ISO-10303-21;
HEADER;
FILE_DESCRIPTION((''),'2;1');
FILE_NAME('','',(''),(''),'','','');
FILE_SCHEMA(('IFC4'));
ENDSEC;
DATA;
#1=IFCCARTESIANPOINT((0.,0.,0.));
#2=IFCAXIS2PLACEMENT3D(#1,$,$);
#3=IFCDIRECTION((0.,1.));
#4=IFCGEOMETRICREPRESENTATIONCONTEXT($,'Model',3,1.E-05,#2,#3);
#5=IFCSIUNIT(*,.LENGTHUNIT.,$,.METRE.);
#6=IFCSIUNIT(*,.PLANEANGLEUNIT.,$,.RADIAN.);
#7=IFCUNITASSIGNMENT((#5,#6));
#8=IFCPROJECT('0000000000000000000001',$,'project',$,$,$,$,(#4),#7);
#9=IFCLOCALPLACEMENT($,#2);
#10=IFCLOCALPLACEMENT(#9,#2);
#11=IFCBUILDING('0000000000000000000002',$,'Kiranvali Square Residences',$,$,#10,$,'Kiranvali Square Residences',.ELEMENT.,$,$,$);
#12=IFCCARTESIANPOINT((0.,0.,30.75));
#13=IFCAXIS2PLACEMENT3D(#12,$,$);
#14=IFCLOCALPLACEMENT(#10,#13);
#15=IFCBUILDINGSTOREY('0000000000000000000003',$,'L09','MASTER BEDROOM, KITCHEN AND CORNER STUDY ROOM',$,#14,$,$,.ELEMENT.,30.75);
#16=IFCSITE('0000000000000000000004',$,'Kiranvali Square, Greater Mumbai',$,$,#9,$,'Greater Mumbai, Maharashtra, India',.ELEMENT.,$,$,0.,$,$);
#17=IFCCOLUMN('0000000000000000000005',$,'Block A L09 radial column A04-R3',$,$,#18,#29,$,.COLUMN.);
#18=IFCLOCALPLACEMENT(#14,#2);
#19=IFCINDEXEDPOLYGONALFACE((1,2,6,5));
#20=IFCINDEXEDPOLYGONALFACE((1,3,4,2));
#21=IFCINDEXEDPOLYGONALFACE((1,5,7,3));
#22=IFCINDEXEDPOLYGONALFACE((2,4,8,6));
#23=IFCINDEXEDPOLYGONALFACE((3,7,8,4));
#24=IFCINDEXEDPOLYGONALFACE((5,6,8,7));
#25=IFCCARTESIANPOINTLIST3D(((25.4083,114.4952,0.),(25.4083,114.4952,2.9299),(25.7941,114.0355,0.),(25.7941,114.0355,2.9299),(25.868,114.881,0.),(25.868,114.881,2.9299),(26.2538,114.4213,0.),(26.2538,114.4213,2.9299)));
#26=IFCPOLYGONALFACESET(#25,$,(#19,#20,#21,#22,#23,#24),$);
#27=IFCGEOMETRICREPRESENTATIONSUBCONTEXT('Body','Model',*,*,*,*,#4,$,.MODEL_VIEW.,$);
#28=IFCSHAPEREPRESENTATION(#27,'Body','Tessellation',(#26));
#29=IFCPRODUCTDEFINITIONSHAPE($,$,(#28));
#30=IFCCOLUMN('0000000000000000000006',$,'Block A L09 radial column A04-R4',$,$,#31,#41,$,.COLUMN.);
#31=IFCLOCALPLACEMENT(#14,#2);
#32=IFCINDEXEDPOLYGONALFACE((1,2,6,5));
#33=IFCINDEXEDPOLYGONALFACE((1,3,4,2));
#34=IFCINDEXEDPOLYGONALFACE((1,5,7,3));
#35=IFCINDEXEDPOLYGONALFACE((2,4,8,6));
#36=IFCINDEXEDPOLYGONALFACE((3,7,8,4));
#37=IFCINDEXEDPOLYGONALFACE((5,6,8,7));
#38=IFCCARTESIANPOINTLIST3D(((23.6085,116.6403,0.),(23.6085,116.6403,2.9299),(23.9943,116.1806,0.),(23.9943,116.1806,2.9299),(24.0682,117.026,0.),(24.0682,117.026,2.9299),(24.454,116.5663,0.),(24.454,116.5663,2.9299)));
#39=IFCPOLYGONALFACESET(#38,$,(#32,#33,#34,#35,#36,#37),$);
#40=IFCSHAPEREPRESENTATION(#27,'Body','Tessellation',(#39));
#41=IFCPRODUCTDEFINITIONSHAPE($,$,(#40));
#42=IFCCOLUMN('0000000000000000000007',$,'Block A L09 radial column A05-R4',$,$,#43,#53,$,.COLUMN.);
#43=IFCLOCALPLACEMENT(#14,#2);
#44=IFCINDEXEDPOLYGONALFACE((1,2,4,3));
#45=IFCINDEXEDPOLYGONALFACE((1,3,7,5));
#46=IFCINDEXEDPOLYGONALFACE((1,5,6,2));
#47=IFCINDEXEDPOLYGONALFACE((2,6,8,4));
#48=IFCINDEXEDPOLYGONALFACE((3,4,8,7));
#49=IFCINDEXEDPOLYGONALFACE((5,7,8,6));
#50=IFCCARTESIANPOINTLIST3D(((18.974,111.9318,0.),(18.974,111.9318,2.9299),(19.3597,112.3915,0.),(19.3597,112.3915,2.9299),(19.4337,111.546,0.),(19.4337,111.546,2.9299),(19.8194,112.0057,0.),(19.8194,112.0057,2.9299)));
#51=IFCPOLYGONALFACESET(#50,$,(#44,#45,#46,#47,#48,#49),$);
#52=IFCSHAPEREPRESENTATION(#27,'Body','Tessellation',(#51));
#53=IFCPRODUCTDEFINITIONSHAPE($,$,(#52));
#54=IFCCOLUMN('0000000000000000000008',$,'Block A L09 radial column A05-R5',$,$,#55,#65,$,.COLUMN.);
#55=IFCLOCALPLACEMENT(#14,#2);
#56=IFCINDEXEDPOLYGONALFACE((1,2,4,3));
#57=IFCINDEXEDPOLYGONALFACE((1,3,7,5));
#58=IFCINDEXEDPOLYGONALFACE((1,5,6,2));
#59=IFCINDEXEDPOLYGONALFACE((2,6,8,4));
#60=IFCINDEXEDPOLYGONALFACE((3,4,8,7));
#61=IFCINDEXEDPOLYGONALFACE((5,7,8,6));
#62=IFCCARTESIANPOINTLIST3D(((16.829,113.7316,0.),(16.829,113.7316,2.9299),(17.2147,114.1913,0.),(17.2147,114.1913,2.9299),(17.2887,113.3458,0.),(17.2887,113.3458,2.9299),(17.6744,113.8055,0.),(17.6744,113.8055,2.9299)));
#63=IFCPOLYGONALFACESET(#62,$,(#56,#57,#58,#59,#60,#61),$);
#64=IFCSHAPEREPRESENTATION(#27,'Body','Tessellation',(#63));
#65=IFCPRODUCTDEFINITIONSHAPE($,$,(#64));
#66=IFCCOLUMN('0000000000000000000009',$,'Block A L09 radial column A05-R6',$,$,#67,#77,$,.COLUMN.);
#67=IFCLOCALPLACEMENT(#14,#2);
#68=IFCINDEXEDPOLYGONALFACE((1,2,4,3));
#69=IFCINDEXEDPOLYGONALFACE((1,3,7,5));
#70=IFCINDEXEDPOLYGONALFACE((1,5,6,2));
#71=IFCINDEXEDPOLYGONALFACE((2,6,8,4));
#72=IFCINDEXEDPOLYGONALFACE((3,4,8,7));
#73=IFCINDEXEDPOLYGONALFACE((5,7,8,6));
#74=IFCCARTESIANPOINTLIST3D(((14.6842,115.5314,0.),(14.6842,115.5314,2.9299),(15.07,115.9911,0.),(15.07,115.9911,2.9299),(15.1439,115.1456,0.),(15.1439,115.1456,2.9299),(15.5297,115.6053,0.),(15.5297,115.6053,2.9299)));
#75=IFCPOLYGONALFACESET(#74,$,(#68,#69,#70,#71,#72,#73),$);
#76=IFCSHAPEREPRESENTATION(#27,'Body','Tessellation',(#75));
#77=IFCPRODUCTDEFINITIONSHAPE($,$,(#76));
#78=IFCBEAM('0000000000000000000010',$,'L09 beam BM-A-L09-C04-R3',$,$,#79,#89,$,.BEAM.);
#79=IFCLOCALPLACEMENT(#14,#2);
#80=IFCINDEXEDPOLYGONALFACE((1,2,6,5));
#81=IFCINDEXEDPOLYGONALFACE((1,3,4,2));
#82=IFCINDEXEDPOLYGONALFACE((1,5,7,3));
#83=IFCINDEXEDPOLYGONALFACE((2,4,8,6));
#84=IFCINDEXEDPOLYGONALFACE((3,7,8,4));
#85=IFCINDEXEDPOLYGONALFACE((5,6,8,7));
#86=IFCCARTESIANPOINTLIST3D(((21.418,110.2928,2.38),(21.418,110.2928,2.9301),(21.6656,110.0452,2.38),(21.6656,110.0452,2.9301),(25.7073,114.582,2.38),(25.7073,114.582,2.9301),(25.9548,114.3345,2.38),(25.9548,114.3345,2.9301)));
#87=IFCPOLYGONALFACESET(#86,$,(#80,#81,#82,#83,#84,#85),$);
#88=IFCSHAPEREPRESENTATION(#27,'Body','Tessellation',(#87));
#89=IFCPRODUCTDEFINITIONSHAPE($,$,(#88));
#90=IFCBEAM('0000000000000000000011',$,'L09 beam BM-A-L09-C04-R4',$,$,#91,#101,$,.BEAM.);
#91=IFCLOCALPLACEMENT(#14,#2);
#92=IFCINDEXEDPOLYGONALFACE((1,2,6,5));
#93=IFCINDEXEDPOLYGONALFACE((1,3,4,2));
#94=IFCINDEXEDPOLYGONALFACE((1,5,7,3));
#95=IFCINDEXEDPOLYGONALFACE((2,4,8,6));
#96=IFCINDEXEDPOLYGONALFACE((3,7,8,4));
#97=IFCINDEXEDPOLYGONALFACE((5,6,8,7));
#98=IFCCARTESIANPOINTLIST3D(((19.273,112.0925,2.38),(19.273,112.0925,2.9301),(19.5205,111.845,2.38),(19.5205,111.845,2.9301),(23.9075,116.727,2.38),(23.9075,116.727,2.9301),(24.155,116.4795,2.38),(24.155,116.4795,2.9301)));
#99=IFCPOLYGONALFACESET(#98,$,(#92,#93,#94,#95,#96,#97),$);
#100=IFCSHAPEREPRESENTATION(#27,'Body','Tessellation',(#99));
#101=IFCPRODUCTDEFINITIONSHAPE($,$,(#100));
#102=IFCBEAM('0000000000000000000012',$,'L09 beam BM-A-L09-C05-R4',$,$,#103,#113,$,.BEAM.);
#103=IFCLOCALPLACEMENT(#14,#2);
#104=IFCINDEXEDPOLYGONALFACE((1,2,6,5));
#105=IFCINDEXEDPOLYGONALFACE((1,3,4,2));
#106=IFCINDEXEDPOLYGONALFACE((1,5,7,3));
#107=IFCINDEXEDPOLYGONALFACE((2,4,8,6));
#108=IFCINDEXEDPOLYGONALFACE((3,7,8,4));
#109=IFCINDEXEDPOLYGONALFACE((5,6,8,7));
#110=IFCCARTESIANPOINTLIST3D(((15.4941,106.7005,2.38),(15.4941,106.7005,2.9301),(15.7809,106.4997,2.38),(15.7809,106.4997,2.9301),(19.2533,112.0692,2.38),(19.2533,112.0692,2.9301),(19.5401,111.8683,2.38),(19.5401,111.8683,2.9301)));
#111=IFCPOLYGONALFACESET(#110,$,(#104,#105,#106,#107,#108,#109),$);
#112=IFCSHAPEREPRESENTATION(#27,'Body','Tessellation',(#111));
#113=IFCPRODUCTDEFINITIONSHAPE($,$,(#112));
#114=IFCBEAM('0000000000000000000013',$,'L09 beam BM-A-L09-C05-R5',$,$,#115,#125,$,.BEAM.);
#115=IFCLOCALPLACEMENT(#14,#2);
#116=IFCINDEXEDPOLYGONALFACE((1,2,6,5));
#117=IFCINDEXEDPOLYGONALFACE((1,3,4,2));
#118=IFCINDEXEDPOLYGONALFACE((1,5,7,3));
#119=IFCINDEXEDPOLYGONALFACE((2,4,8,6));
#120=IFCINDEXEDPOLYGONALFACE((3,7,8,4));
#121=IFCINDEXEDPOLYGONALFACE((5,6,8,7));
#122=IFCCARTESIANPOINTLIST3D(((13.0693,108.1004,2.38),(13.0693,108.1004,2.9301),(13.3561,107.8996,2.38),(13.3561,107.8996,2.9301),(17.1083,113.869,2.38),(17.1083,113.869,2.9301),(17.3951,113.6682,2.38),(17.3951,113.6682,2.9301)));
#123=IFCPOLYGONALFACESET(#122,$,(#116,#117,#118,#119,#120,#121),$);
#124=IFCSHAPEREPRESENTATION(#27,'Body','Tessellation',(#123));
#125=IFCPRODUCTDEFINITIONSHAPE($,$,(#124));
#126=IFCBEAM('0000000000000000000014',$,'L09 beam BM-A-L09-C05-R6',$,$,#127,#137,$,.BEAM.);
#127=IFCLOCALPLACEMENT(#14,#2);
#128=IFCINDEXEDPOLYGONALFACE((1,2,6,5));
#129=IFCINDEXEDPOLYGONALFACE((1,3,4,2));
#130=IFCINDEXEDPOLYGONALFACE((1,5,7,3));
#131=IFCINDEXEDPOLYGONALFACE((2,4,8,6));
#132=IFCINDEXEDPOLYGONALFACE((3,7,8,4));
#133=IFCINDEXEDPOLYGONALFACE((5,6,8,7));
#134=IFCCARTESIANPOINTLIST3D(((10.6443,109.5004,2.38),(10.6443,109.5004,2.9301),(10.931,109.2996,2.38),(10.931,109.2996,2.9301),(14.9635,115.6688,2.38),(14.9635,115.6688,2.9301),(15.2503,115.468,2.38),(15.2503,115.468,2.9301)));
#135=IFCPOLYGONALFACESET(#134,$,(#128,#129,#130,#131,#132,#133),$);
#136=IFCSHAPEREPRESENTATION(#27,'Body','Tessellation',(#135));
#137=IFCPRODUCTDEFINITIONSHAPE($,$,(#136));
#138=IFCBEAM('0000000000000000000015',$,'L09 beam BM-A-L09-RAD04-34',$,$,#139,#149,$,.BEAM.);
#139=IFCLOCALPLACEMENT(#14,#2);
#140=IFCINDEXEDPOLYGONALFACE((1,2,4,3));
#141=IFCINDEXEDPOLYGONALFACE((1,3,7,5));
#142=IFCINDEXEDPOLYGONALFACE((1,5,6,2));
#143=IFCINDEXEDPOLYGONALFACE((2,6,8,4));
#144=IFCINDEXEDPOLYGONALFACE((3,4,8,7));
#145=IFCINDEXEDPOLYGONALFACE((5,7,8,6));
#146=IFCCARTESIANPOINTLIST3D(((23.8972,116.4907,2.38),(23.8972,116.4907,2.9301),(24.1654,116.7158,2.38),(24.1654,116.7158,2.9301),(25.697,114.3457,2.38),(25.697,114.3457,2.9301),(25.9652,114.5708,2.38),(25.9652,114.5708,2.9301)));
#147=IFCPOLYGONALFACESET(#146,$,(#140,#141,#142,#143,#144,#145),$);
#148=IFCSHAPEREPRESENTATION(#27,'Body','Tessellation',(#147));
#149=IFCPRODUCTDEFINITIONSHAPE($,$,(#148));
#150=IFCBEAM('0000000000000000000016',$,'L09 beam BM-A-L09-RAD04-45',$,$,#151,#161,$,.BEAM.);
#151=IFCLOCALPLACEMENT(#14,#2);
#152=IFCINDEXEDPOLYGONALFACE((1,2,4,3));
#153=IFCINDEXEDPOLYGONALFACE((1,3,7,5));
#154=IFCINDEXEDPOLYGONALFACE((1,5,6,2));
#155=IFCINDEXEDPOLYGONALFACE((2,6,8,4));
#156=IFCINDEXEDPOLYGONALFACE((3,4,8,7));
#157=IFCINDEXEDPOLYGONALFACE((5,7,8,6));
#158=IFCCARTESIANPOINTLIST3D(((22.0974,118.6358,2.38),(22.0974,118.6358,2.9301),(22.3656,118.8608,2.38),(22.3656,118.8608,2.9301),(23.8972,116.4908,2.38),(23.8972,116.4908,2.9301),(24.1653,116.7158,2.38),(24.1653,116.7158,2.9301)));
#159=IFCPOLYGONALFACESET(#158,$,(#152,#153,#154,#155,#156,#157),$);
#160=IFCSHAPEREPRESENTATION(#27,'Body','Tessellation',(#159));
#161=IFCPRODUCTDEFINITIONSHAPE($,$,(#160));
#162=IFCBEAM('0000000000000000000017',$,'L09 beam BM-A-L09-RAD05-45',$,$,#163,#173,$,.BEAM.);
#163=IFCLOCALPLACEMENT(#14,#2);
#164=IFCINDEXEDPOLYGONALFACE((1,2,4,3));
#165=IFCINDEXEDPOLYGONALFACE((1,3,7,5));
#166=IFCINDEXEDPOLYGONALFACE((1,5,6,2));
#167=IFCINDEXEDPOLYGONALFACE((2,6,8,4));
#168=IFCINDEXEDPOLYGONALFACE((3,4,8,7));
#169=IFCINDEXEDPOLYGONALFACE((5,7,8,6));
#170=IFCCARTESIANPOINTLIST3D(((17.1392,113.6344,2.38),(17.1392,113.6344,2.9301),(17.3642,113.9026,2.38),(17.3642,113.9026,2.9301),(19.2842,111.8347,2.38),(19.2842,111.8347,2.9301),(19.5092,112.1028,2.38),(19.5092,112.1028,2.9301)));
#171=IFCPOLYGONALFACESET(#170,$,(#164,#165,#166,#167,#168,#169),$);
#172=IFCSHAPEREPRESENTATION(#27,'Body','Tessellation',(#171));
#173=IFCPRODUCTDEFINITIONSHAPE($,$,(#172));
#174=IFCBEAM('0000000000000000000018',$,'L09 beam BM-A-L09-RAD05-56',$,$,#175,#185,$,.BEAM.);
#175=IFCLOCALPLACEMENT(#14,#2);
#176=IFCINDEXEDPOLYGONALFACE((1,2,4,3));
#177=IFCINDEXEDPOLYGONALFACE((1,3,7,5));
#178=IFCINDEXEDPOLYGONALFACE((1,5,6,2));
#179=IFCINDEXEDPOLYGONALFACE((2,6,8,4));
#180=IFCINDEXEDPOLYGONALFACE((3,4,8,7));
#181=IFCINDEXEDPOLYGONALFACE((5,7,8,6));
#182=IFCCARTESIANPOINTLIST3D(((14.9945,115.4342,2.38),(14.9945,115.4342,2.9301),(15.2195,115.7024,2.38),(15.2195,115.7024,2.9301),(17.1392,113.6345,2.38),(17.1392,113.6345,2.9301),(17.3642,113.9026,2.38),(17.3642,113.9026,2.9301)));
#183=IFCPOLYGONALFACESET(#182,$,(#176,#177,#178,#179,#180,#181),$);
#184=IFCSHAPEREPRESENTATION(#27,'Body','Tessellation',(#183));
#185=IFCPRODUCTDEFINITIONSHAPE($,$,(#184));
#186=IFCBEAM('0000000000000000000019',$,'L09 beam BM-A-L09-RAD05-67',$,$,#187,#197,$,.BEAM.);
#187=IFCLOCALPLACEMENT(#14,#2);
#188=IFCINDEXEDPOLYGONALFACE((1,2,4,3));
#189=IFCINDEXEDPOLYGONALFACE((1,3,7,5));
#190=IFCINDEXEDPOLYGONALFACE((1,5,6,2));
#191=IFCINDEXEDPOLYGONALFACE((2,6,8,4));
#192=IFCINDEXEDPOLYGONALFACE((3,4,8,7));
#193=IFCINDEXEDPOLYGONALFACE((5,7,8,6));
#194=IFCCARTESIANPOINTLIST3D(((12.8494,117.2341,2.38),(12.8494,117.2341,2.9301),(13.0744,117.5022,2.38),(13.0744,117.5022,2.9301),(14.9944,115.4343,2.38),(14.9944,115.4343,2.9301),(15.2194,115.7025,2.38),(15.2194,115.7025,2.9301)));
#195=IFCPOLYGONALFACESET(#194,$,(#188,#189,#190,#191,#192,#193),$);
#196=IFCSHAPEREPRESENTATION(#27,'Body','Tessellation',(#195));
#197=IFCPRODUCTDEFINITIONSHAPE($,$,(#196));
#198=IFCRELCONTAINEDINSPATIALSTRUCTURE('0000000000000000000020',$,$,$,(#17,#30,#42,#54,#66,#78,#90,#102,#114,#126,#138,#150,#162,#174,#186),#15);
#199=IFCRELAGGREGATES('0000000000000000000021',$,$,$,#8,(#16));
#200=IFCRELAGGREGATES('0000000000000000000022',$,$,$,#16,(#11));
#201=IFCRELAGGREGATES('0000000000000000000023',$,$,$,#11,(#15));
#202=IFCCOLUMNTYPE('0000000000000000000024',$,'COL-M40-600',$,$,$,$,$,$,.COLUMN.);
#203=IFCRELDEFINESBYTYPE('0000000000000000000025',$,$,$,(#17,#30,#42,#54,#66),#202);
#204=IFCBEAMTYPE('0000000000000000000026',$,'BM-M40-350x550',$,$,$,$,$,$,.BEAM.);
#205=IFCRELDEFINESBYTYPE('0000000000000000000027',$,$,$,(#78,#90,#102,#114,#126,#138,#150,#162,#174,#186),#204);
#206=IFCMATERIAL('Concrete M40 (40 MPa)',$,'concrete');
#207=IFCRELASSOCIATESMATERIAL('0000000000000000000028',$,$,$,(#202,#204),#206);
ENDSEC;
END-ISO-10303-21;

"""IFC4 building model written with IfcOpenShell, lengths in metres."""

from ifc_helpers import new_model, si_unit, direction, frame, origin, origin_2d, place, context, subcontext, project, spatial, rectangle, extrude, material, material_profile, profile_set, type_object, element, save


model = new_model("IFC4")

# Units and contexts
model_context = context("Model", 3, precision=1e-05, world=origin(), true_north=direction((0.0, 1.0)))
body_context = subcontext(model_context, "Body", "Model", "MODEL_VIEW")
ifc_project = project(units=[si_unit("LENGTHUNIT", "METRE"), si_unit("PLANEANGLEUNIT", "RADIAN")], contexts=[model_context])

# Site, building, storey
site_placement = place(None, origin())
site = spatial("IfcSite", under=ifc_project, at=site_placement, Name="Kiranvali Square, Greater Mumbai", LongName="Greater Mumbai, Maharashtra, India", CompositionType="ELEMENT", RefElevation=0.0)
building_placement = place(site_placement, origin())
building = spatial("IfcBuilding", under=site, at=building_placement, Name="Kiranvali Square Residences", LongName="Kiranvali Square Residences", CompositionType="ELEMENT")
storey_placement = place(building_placement, frame((0.0, 0.0, 30.75)))
storey = spatial("IfcBuildingStorey", under=building, at=storey_placement, Name="L09", Description="MASTER BEDROOM, KITCHEN AND CORNER STUDY ROOM", CompositionType="ELEMENT", Elevation=30.75)

# Columns
ifc_material = material(Name="Concrete M40 (40 MPa)", Category="concrete")
ifc_material_profile_1 = material_profile(ifc_material, rectangle(XDim=0.6001, YDim=0.6001, at=origin_2d()), Name="RC 600x600")
ifc_profile_set_1 = profile_set([ifc_material_profile_1], Name="Concrete M40 (40 MPa)")
column_type = type_object("IfcColumnType", Name="COL-M40-600", PredefinedType="COLUMN", material=ifc_profile_set_1)
for number, where, z_axis, x_axis, name in (
    (1, (25.8311, 114.4583, 0.0), (0.0, 0.0, 1.0), (0.766044, 0.642788, 0.0), "Block A L09 radial column A04-R3"),
    (2, (24.0312, 116.6033, 0.0), (0.0, 0.0, 1.0), (0.766044, 0.642788, 0.0), "Block A L09 radial column A04-R4"),
    (3, (19.3967, 111.9688, 0.0), (0.0, 0.0, 1.0), (0.642788, 0.766044, 0.0), "Block A L09 radial column A05-R4"),
    (4, (17.2517, 113.7686, 0.0), (0.0, 0.0, 1.0), (0.642788, 0.766044, 0.0), "Block A L09 radial column A05-R5"),
    (5, (15.1069, 115.5684, 0.0), (0.0, 0.0, 1.0), (0.642788, 0.766044, 0.0), "Block A L09 radial column A05-R6"),
):
    element("IfcColumn", number, at=place(storey_placement, frame(where, z_axis=z_axis, x_axis=x_axis)), inside=storey, type_object=column_type, Name=name, PredefinedType="COLUMN", context=body_context, shape_type="SweptSolid", body=[
        extrude(rectangle(XDim=0.6001, YDim=0.6001, at=origin_2d()), origin(), (0.0, 0.0, 1.0), 2.9299),
    ])

# Beams
ifc_material_profile_2 = material_profile(ifc_material, rectangle(XDim=0.3501, YDim=0.55, at=origin_2d()), Name="RC 350x550")
ifc_profile_set_2 = profile_set([ifc_material_profile_2], Name="Concrete M40 (40 MPa)")
beam_type = type_object("IfcBeamType", Name="BM-M40-350x550", PredefinedType="BEAM", material=ifc_profile_set_2)
beam_1_placement = place(storey_placement, frame((25.8311, 114.4583, 2.655), z_axis=(-0.707107, -0.707107, 0.0), x_axis=(0.707107, -0.707107, 0.0)))
element("IfcBeam", 6, at=beam_1_placement, inside=storey, type_object=beam_type, Name="L09 beam BM-A-L09-C04-R3", PredefinedType="BEAM", context=body_context, shape_type="SweptSolid", body=[
    extrude(rectangle(XDim=0.3501, YDim=0.55, at=origin_2d()), origin(), (0.0, 0.0, 1.0), 6.0659),
])
beam_2_placement = place(storey_placement, frame((24.0312, 116.6033, 2.655), z_axis=(-0.707107, -0.707107, 0.0), x_axis=(0.707107, -0.707107, 0.0)))
element("IfcBeam", 7, at=beam_2_placement, inside=storey, type_object=beam_type, Name="L09 beam BM-A-L09-C04-R4", PredefinedType="BEAM", context=body_context, shape_type="SweptSolid", body=[
    extrude(rectangle(XDim=0.3501, YDim=0.55, at=origin_2d()), origin(), (0.0, 0.0, 1.0), 6.5542),
])
beam_3_placement = place(storey_placement, frame((19.3967, 111.9688, 2.655), z_axis=(-0.573587, -0.819144, 0.0), x_axis=(0.819144, -0.573587, 0.0)))
element("IfcBeam", 8, at=beam_3_placement, inside=storey, type_object=beam_type, Name="L09 beam BM-A-L09-C05-R4", PredefinedType="BEAM", context=body_context, shape_type="SweptSolid", body=[
    extrude(rectangle(XDim=0.3501, YDim=0.55, at=origin_2d()), origin(), (0.0, 0.0, 1.0), 6.554),
])
beam_4_placement = place(storey_placement, frame((17.2517, 113.7686, 2.655), z_axis=(-0.573565, -0.81916, 0.0), x_axis=(0.81916, -0.573565, 0.0)))
element("IfcBeam", 9, at=beam_4_placement, inside=storey, type_object=beam_type, Name="L09 beam BM-A-L09-C05-R5", PredefinedType="BEAM", context=body_context, shape_type="SweptSolid", body=[
    extrude(rectangle(XDim=0.3501, YDim=0.55, at=origin_2d()), origin(), (0.0, 0.0, 1.0), 7.042),
])
beam_5_placement = place(storey_placement, frame((15.1069, 115.5684, 2.655), z_axis=(-0.573589, -0.819144, 0.0), x_axis=(0.819144, -0.573589, 0.0)))
element("IfcBeam", 10, at=beam_5_placement, inside=storey, type_object=beam_type, Name="L09 beam BM-A-L09-C05-R6", PredefinedType="BEAM", context=body_context, shape_type="SweptSolid", body=[
    extrude(rectangle(XDim=0.3501, YDim=0.55, at=origin_2d()), origin(), (0.0, 0.0, 1.0), 7.5303),
])
for number, where, z_axis, x_axis, name in (
    (11, (25.8311, 114.4583, 2.655), (-0.642771, 0.766059, 0.0), (-0.766059, -0.642771, 0.0), "L09 beam BM-A-L09-RAD04-34"),
    (12, (24.0312, 116.6033, 2.655), (-0.642771, 0.766059, 0.0), (-0.766059, -0.642771, 0.0), "L09 beam BM-A-L09-RAD04-45"),
    (13, (19.3967, 111.9688, 2.655), (-0.766059, 0.642771, 0.0), (-0.642771, -0.766059, 0.0), "L09 beam BM-A-L09-RAD05-45"),
):
    element("IfcBeam", number, at=place(storey_placement, frame(where, z_axis=z_axis, x_axis=x_axis)), inside=storey, type_object=beam_type, Name=name, PredefinedType="BEAM", context=body_context, shape_type="SweptSolid", body=[
        extrude(rectangle(XDim=0.3501, YDim=0.55, at=origin_2d()), origin(), (0.0, 0.0, 1.0), 2.8),
    ])
beam_6_placement = place(storey_placement, frame((17.2517, 113.7686, 2.655), z_axis=(-0.766023, 0.642814, 0.0), x_axis=(-0.642814, -0.766023, 0.0)))
element("IfcBeam", 14, at=beam_6_placement, inside=storey, type_object=beam_type, Name="L09 beam BM-A-L09-RAD05-56", PredefinedType="BEAM", context=body_context, shape_type="SweptSolid", body=[
    extrude(rectangle(XDim=0.3501, YDim=0.55, at=origin_2d()), origin(), (0.0, 0.0, 1.0), 2.7998),
])
beam_7_placement = place(storey_placement, frame((15.1069, 115.5684, 2.655), z_axis=(-0.766059, 0.642771, 0.0), x_axis=(-0.642771, -0.766059, 0.0)))
element("IfcBeam", 15, at=beam_7_placement, inside=storey, type_object=beam_type, Name="L09 beam BM-A-L09-RAD05-67", PredefinedType="BEAM", context=body_context, shape_type="SweptSolid", body=[
    extrude(rectangle(XDim=0.3501, YDim=0.55, at=origin_2d()), origin(), (0.0, 0.0, 1.0), 2.8),
])

save(model, "model.ifc")
